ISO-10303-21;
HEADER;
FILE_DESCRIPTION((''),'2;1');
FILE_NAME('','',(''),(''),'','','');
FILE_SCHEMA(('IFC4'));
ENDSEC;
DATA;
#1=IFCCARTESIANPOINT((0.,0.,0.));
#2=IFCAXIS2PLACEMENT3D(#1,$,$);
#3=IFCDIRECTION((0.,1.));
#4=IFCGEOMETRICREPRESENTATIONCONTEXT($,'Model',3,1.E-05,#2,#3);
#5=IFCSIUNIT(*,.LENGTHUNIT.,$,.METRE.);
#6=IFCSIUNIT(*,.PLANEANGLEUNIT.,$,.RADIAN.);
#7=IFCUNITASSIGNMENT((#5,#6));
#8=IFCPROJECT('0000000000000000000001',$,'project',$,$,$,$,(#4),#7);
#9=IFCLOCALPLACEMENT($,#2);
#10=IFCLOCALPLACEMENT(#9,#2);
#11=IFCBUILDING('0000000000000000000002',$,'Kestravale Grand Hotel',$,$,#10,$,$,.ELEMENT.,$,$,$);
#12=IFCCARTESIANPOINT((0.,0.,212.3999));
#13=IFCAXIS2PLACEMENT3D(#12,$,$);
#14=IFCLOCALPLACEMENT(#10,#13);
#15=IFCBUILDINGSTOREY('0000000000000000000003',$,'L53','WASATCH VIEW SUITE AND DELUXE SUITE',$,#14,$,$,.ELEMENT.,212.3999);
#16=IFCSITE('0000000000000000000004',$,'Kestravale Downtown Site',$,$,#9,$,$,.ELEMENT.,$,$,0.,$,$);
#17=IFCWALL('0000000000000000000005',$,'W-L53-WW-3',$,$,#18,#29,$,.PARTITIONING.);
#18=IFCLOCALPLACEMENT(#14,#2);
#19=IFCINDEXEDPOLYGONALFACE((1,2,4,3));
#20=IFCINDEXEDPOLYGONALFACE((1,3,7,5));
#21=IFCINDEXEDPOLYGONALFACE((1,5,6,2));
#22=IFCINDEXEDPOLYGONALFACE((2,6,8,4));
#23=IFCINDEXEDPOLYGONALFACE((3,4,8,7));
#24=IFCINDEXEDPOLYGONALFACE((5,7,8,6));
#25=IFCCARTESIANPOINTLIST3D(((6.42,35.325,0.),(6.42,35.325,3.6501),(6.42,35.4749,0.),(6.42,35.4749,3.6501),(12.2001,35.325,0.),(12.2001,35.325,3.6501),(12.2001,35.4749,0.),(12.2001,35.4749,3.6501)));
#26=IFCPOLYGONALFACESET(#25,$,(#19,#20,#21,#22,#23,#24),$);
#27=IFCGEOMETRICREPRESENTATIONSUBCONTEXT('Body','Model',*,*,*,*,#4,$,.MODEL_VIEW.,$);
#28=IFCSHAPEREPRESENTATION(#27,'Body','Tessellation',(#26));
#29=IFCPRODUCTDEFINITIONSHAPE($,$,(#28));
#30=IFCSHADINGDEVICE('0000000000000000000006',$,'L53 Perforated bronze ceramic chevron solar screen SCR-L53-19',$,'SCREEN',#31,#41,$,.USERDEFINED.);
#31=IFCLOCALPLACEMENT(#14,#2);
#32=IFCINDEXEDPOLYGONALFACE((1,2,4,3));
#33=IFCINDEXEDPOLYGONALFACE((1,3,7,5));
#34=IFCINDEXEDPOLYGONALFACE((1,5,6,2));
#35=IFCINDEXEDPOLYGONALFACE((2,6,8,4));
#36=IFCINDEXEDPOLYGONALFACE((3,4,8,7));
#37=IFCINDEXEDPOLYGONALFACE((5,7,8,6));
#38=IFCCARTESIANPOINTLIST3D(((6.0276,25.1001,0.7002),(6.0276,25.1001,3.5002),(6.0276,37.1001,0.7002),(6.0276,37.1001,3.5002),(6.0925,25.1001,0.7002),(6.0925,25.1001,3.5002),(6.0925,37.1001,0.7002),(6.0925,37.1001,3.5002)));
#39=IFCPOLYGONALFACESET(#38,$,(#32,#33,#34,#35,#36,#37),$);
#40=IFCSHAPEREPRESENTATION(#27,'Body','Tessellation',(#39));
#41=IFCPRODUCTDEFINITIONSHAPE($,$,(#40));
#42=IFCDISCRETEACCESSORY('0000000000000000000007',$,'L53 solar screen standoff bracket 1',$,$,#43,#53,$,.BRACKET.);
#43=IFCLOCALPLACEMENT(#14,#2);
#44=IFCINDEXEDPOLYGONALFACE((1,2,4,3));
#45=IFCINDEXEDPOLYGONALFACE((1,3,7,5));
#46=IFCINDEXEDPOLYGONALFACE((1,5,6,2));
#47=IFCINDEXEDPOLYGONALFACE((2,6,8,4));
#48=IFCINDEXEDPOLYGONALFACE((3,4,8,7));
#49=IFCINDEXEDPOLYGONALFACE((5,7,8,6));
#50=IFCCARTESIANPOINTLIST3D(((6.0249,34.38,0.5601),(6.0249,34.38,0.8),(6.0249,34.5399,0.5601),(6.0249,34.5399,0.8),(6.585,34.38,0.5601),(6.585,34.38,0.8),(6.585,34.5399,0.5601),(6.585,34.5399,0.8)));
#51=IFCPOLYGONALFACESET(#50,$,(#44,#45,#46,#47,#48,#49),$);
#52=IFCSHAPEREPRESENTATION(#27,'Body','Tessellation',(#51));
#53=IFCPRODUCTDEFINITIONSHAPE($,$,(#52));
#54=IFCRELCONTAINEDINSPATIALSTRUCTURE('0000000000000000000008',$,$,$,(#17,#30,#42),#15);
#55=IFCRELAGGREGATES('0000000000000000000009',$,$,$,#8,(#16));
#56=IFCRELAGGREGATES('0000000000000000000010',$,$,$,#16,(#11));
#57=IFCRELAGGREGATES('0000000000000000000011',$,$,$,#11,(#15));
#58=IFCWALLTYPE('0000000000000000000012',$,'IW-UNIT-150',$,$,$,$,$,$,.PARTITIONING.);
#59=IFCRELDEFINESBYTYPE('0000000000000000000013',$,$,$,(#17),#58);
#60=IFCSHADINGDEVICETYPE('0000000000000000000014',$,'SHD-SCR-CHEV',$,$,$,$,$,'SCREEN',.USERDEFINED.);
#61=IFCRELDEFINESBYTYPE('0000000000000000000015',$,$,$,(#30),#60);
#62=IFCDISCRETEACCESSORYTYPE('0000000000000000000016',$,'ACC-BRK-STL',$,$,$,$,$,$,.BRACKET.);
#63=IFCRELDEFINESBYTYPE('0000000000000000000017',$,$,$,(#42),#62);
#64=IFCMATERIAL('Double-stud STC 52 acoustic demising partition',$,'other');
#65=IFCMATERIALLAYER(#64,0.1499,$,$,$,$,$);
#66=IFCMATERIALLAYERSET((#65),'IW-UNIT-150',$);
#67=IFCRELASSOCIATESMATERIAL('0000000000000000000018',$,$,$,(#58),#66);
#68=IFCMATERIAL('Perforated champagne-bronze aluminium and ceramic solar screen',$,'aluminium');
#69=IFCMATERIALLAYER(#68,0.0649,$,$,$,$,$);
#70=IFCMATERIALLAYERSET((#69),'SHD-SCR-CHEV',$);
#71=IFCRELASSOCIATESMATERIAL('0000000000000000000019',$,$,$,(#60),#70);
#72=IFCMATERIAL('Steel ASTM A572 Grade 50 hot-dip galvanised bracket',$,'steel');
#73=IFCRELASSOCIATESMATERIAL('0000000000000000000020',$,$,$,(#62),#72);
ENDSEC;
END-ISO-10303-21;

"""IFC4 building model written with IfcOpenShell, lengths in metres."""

from ifc_helpers import new_model, si_unit, direction, frame, frame_2d, origin, origin_2d, place, context, subcontext, project, spatial, rectangle, extrude, material, layer, layer_set, type_object, element, save


model = new_model("IFC4")

# Units and contexts
model_context = context("Model", 3, precision=1e-05, world=origin(), true_north=direction((0.0, 1.0)))
body_context = subcontext(model_context, "Body", "Model", "MODEL_VIEW")
ifc_project = project(units=[si_unit("LENGTHUNIT", "METRE"), si_unit("PLANEANGLEUNIT", "RADIAN")], contexts=[model_context])

# Site, building, storey
site_placement = place(None, origin())
site = spatial("IfcSite", under=ifc_project, at=site_placement, Name="Kestravale Downtown Site", CompositionType="ELEMENT", RefElevation=0.0)
building_placement = place(site_placement, origin())
building = spatial("IfcBuilding", under=site, at=building_placement, Name="Kestravale Grand Hotel", CompositionType="ELEMENT")
storey_placement = place(building_placement, frame((0.0, 0.0, 212.3999)))
storey = spatial("IfcBuildingStorey", under=building, at=storey_placement, Name="L53", Description="WASATCH VIEW SUITE AND DELUXE SUITE", CompositionType="ELEMENT", Elevation=212.3999)

# Wall
ifc_material_1 = material(Name="Double-stud STC 52 acoustic demising partition", Category="other")
ifc_layer_1 = layer(ifc_material_1, 0.1499)
ifc_layer_set_1 = layer_set([ifc_layer_1], Name="IW-UNIT-150")
wall_type_1 = type_object("IfcWallType", Name="IW-UNIT-150", PredefinedType="PARTITIONING", material=ifc_layer_set_1)
wall_1_placement = place(storey_placement, frame((6.4199, 35.3999, 0.0), z_axis=(0.0, 0.0, 1.0), x_axis=(1.0, 0.0, 0.0)))
element("IfcWall", 1, at=wall_1_placement, inside=storey, type_object=wall_type_1, Name="W-L53-WW-3", PredefinedType="PARTITIONING", context=body_context, shape_type="SweptSolid", body=[
    extrude(rectangle(XDim=5.78, YDim=0.1499, at=frame_2d((2.8901, 0.0))), origin(), (0.0, 0.0, 1.0), 3.6501),
])

# Shading device
ifc_material_2 = material(Name="Perforated champagne-bronze aluminium and ceramic solar screen", Category="aluminium")
ifc_layer_2 = layer(ifc_material_2, 0.0649)
ifc_layer_set_2 = layer_set([ifc_layer_2], Name="SHD-SCR-CHEV")
shading_device_type = type_object("IfcShadingDeviceType", Name="SHD-SCR-CHEV", ElementType="SCREEN", PredefinedType="USERDEFINED", material=ifc_layer_set_2)
shading_device_placement = place(storey_placement, frame((6.0601, 31.1001, 0.7002), z_axis=(0.0, 0.0, 1.0), x_axis=(0.0, -1.0, 0.0)))
element("IfcShadingDevice", 2, at=shading_device_placement, inside=storey, type_object=shading_device_type, Name="L53 Perforated bronze ceramic chevron solar screen SCR-L53-19", ObjectType="SCREEN", PredefinedType="USERDEFINED", context=body_context, shape_type="SweptSolid", body=[
    extrude(rectangle(XDim=12.0, YDim=0.0649, at=origin_2d()), origin(), (0.0, 0.0, 1.0), 2.8),
])

# Discrete accessory
ifc_material_3 = material(Name="Steel ASTM A572 Grade 50 hot-dip galvanised bracket", Category="steel")
discrete_accessory_type = type_object("IfcDiscreteAccessoryType", Name="ACC-BRK-STL", PredefinedType="BRACKET", material=ifc_material_3)
discrete_accessory_placement = place(storey_placement, frame((6.3049, 34.46, 0.5601), z_axis=(0.0, 0.0, 1.0), x_axis=(0.0, -1.0, 0.0)))
element("IfcDiscreteAccessory", 3, at=discrete_accessory_placement, inside=storey, type_object=discrete_accessory_type, Name="L53 solar screen standoff bracket 1", PredefinedType="BRACKET", context=body_context, shape_type="SweptSolid", body=[
    extrude(rectangle(XDim=0.1599, YDim=0.5601, at=origin_2d()), origin(), (0.0, 0.0, 1.0), 0.24),
])

save(model, "model.ifc")
